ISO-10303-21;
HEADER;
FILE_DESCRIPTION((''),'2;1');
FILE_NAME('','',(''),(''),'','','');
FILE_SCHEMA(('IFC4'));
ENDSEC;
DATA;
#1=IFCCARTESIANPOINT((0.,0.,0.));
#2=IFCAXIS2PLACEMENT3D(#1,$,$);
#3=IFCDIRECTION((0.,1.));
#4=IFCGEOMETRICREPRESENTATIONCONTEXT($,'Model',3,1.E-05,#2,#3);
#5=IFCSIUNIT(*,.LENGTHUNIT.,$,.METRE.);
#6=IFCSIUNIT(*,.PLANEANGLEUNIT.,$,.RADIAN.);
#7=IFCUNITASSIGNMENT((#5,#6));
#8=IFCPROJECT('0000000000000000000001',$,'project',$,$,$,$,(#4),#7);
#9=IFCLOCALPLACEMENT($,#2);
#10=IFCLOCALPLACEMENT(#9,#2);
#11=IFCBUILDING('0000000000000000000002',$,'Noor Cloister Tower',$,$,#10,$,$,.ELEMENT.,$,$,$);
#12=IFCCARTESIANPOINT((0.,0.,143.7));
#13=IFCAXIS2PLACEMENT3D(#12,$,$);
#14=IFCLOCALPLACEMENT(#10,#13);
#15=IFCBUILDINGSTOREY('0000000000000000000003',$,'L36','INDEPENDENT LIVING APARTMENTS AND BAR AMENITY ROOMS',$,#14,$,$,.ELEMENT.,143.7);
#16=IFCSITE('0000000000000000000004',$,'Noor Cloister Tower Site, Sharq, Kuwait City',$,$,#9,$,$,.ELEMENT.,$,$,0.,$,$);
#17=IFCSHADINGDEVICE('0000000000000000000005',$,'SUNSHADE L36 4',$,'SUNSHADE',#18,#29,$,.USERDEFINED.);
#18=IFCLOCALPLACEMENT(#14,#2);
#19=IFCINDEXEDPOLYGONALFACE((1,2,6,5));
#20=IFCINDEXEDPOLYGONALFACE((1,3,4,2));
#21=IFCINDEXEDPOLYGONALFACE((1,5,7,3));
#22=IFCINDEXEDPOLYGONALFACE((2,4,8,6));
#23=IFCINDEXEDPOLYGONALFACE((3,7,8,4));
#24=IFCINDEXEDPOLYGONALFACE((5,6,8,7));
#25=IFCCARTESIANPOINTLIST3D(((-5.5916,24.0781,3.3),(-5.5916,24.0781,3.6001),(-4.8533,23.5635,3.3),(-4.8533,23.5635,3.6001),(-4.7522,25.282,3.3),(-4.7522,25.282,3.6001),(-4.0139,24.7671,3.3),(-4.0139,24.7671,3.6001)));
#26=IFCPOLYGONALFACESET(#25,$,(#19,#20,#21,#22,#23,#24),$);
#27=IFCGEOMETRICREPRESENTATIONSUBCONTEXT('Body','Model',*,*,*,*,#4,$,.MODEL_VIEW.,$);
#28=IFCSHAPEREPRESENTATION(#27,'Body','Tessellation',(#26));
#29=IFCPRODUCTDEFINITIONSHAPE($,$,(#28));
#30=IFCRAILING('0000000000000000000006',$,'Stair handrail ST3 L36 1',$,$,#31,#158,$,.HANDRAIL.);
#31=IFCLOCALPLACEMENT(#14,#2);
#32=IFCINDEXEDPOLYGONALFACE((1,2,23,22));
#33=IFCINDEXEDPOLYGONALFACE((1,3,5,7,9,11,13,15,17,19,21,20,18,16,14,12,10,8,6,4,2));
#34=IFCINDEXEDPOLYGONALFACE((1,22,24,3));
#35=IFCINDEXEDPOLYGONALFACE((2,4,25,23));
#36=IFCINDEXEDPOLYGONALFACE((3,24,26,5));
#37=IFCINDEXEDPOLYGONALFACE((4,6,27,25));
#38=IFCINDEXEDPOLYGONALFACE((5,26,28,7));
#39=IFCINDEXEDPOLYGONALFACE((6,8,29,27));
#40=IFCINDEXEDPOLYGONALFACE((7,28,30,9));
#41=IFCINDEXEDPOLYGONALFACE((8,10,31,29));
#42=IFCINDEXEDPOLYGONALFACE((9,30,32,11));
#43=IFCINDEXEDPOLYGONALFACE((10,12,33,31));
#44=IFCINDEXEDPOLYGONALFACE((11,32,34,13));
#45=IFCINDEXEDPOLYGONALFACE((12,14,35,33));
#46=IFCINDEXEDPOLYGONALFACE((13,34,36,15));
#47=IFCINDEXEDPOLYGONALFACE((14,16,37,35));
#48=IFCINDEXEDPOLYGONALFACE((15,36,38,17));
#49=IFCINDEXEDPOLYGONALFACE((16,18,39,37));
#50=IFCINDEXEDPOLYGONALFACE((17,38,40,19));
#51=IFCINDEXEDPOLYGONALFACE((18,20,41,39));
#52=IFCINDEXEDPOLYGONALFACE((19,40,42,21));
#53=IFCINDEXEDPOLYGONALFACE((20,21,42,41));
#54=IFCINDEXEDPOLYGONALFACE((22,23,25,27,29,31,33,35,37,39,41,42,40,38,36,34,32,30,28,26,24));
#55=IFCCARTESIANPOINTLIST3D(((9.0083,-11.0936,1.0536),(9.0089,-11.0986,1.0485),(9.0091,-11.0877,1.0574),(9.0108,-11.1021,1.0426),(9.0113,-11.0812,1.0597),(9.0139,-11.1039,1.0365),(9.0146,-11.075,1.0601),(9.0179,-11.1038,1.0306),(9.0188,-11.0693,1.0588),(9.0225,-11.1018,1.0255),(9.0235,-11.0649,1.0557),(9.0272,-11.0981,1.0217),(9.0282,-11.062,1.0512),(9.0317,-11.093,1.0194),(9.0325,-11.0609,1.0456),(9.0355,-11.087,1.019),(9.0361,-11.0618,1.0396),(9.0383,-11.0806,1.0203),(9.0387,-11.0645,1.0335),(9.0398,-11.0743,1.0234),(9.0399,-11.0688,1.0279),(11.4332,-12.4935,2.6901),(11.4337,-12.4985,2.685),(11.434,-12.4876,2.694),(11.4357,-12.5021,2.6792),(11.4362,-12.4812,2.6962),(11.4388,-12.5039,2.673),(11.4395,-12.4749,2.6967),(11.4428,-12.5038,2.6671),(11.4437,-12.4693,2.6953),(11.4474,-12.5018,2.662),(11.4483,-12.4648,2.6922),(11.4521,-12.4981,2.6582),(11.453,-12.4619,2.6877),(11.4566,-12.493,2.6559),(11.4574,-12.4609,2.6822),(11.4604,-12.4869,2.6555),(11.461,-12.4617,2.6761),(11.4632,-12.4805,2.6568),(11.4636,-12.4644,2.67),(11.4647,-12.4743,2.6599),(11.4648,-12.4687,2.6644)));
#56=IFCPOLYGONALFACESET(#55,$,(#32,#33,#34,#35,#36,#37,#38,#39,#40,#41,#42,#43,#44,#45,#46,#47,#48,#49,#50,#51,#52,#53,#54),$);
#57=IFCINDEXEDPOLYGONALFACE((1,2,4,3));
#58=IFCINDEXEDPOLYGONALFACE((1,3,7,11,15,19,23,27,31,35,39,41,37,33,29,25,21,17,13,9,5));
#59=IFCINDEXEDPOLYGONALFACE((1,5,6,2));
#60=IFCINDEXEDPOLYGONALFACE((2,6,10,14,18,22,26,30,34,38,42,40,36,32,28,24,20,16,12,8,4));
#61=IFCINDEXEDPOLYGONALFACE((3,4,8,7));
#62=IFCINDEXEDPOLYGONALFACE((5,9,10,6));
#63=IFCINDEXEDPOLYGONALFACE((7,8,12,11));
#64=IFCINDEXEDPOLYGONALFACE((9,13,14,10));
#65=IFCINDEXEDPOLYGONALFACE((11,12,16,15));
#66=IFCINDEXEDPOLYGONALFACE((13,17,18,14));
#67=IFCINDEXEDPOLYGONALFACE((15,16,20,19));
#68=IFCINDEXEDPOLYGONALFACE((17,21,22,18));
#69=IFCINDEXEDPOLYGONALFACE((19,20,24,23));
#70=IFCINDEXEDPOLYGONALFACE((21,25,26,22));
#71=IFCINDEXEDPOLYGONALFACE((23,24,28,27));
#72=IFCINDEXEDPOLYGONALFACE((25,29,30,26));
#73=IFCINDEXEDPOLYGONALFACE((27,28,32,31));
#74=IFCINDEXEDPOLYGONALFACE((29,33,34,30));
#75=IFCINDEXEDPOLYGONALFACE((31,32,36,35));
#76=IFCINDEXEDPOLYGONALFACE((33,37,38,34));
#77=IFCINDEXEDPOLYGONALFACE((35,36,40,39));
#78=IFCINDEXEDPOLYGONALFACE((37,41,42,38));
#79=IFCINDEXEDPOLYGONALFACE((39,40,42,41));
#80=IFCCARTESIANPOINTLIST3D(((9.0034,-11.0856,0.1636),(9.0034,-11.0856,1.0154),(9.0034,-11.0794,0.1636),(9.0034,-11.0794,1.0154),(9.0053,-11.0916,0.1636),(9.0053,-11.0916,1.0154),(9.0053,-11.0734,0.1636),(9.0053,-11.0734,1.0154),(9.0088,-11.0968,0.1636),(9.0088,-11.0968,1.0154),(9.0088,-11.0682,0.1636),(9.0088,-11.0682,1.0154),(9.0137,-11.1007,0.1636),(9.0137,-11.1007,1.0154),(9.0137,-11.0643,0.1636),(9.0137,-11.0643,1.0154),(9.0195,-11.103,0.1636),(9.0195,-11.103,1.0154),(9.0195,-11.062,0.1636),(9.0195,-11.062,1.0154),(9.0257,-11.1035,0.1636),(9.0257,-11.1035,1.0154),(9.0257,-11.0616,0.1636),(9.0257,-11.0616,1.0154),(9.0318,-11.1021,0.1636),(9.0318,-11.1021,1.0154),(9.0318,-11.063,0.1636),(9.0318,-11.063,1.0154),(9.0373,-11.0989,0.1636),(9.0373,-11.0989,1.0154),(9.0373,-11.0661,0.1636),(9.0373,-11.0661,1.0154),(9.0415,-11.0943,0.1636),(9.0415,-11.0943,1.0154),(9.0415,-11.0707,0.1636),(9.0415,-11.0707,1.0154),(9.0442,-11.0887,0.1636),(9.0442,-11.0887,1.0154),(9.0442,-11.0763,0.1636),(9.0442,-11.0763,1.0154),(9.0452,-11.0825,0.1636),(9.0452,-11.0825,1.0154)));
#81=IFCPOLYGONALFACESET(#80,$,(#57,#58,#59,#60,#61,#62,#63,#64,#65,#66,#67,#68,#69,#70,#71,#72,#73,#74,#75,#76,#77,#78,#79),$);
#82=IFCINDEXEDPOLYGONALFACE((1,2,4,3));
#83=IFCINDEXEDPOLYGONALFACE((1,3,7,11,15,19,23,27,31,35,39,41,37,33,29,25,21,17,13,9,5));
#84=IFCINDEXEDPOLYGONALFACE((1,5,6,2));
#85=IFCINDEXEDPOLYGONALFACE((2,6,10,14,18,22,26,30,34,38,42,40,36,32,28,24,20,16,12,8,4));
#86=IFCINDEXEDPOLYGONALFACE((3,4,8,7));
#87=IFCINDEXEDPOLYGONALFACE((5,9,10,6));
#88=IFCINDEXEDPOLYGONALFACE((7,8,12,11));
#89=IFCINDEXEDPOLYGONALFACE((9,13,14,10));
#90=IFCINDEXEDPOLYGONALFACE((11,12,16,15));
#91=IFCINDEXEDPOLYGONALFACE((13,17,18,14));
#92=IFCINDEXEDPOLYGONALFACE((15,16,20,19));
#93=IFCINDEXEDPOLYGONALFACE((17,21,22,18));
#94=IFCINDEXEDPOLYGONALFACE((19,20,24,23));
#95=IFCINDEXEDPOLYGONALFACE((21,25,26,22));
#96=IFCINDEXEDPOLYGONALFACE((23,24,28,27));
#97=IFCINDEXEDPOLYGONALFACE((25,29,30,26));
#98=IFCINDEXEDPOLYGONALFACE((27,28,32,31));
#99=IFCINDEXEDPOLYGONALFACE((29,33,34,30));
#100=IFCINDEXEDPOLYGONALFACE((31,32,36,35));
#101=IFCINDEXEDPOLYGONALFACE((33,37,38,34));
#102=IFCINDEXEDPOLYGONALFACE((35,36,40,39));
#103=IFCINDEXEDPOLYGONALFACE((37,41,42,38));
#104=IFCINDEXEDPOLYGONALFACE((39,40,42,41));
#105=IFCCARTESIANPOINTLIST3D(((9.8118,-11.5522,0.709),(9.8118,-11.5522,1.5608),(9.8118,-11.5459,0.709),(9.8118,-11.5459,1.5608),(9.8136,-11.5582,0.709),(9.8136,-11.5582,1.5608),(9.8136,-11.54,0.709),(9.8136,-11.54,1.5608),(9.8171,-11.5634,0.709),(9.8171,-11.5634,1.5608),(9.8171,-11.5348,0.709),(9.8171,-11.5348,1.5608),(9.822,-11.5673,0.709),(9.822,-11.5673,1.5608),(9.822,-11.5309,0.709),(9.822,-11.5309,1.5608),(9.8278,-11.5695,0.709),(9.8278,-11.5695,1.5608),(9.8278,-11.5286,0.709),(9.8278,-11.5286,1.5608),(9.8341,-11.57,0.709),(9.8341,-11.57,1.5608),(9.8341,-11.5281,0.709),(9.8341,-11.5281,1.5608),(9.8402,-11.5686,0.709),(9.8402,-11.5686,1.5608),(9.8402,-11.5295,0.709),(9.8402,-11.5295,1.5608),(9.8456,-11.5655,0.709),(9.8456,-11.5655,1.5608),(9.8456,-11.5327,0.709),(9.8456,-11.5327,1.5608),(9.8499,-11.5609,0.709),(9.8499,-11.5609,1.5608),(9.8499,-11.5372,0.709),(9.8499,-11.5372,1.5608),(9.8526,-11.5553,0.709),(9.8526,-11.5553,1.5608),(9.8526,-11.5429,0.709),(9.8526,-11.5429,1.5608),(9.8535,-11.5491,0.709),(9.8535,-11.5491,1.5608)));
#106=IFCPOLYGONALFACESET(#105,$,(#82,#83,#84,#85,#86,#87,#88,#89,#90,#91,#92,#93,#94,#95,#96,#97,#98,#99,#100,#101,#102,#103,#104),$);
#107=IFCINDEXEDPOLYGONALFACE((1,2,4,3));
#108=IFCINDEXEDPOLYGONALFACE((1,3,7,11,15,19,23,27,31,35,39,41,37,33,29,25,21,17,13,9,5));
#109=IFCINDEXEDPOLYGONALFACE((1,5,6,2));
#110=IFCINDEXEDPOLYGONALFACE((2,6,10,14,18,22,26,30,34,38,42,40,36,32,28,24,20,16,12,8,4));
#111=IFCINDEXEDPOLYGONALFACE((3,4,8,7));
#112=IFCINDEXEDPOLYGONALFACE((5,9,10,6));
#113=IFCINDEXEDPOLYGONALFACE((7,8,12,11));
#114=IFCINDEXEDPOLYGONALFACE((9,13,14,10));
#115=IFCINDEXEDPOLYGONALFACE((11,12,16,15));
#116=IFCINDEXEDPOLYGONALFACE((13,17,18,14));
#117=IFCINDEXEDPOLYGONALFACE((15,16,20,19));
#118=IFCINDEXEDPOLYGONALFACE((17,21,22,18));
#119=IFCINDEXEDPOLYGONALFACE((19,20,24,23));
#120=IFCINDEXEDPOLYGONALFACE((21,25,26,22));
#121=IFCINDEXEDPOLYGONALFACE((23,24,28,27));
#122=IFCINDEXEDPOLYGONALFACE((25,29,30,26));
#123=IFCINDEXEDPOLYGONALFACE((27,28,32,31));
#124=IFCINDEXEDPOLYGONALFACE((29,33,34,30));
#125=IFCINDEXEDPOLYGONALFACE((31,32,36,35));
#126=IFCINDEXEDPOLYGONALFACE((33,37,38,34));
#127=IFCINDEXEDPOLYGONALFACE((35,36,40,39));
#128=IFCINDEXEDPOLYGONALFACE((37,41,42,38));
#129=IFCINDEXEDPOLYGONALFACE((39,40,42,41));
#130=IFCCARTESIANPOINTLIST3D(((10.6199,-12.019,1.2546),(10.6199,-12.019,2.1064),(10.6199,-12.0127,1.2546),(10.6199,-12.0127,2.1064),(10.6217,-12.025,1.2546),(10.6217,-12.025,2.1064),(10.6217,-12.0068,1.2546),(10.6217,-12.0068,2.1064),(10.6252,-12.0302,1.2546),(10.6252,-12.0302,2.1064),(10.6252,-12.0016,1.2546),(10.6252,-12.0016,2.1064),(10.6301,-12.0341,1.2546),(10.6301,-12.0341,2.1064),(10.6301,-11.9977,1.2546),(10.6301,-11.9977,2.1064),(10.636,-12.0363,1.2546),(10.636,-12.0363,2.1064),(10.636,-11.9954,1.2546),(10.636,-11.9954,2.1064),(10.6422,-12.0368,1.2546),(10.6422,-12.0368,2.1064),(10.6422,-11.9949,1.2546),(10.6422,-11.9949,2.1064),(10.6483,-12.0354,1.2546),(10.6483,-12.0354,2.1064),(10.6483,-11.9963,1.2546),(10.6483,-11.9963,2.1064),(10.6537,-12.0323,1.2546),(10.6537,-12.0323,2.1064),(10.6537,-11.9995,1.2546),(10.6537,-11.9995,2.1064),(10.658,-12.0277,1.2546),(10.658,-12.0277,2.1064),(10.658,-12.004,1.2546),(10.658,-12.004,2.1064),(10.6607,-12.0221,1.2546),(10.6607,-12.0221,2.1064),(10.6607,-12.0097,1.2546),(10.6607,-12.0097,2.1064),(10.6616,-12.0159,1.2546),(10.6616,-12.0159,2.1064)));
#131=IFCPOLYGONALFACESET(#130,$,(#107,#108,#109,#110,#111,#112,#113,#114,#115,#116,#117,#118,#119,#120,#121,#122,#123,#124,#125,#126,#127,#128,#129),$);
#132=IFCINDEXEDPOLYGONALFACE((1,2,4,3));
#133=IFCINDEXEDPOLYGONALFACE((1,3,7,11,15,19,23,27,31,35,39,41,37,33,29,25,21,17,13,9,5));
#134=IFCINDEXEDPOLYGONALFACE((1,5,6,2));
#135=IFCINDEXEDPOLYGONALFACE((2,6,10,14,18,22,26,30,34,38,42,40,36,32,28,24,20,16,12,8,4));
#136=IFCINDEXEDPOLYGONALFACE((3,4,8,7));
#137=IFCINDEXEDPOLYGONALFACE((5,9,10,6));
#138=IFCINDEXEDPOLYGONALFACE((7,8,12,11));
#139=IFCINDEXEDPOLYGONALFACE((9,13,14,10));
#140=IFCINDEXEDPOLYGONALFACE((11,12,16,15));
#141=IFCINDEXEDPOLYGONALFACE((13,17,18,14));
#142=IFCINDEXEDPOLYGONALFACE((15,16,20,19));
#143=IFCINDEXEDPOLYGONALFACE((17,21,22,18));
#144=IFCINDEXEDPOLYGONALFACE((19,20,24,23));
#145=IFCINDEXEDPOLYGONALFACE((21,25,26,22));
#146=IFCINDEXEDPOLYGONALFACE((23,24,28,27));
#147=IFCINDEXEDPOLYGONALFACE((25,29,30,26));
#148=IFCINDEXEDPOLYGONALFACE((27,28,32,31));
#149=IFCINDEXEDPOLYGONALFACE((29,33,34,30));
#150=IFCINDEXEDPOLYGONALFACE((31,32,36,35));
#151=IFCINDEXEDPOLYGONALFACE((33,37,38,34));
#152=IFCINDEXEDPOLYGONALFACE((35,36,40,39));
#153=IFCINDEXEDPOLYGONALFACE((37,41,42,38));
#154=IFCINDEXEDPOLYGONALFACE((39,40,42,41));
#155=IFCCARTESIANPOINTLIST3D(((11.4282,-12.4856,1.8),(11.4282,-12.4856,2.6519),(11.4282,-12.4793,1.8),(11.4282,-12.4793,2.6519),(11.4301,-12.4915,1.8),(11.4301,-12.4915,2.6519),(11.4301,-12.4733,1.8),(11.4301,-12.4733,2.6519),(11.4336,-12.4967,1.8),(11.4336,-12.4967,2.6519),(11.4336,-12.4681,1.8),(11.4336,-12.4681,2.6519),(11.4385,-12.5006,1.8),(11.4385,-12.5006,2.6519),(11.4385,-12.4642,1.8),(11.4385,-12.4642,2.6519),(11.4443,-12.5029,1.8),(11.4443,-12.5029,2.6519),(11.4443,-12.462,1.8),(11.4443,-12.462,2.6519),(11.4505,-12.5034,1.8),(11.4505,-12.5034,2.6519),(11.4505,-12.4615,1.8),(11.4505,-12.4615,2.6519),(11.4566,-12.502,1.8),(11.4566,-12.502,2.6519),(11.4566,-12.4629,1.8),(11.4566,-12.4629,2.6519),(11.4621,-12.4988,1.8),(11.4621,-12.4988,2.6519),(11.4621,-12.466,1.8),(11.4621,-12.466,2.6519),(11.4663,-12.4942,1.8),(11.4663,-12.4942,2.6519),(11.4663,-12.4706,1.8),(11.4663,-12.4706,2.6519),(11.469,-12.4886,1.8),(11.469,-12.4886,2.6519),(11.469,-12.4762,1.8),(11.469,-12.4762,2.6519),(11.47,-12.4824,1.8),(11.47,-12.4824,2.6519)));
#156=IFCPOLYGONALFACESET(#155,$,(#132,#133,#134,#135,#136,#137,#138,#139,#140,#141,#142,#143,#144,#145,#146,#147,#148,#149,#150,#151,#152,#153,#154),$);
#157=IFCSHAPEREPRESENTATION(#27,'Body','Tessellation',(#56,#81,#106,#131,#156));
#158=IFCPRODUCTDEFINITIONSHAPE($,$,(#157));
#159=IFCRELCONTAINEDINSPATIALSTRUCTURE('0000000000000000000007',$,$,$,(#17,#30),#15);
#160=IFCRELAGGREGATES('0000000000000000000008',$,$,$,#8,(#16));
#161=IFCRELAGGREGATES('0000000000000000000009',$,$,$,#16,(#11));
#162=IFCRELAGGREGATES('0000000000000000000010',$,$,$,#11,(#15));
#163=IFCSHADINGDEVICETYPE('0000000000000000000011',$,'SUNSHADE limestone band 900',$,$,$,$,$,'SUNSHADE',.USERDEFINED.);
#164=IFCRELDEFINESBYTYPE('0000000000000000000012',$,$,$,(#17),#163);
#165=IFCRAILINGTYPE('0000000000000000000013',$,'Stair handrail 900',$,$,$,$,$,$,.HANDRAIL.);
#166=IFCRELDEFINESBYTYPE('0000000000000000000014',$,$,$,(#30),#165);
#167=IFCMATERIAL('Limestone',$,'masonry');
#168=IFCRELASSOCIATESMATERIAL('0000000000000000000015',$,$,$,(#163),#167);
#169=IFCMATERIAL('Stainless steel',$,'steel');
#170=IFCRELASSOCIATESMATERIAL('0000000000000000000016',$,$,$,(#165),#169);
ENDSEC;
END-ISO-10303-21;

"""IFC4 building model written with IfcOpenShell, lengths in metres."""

from ifc_helpers import new_model, si_unit, direction, frame, origin, origin_2d, place, context, subcontext, project, spatial, polyline, circle, outline, extrude, material, type_object, element, save


model = new_model("IFC4")

# Units and contexts
model_context = context("Model", 3, precision=1e-05, world=origin(), true_north=direction((0.0, 1.0)))
body_context = subcontext(model_context, "Body", "Model", "MODEL_VIEW")
ifc_project = project(units=[si_unit("LENGTHUNIT", "METRE"), si_unit("PLANEANGLEUNIT", "RADIAN")], contexts=[model_context])

# Site, building, storey
site_placement = place(None, origin())
site = spatial("IfcSite", under=ifc_project, at=site_placement, Name="Noor Cloister Tower Site, Sharq, Kuwait City", CompositionType="ELEMENT", RefElevation=0.0)
building_placement = place(site_placement, origin())
building = spatial("IfcBuilding", under=site, at=building_placement, Name="Noor Cloister Tower", CompositionType="ELEMENT")
storey_placement = place(building_placement, frame((0.0, 0.0, 143.7)))
storey = spatial("IfcBuildingStorey", under=building, at=storey_placement, Name="L36", Description="INDEPENDENT LIVING APARTMENTS AND BAR AMENITY ROOMS", CompositionType="ELEMENT", Elevation=143.7)

# Shading device
ifc_material_1 = material(Name="Limestone", Category="masonry")
shading_device_type_1 = type_object("IfcShadingDeviceType", Name="SUNSHADE limestone band 900", ElementType="SUNSHADE", PredefinedType="USERDEFINED", material=ifc_material_1)
shading_device_1_placement = place(storey_placement, frame((0.0, 0.0, 3.3)))
element("IfcShadingDevice", 1, at=shading_device_1_placement, inside=storey, type_object=shading_device_type_1, Name="SUNSHADE L36 4", ObjectType="SUNSHADE", PredefinedType="USERDEFINED", context=body_context, shape_type="SweptSolid", body=[
    extrude(outline(polyline([(-4.7522, 25.282), (-5.5916, 24.0781), (-4.8533, 23.5635), (-4.0139, 24.7671), (-4.7522, 25.282)])), origin(), (0.0, 0.0, 1.0), 0.3),
])

# Railing
ifc_material_2 = material(Name="Stainless steel", Category="steel")
railing_type = type_object("IfcRailingType", Name="Stair handrail 900", PredefinedType="HANDRAIL", material=ifc_material_2)
railing_placement = place(storey_placement, frame((9.0242, -11.0825, 0.1636)))
element("IfcRailing", 2, at=railing_placement, inside=storey, type_object=railing_type, Name="Stair handrail ST3 L36 1", PredefinedType="HANDRAIL", context=body_context, shape_type="SweptSolid", body=[
    extrude(circle(Radius=0.0239, at=origin_2d()), frame((0.0, 0.0, 0.876), z_axis=(0.74769, -0.431661, 0.504608), x_axis=(0.499984, 0.866035, 0.0)), (0.0, 0.0, 1.0), 3.2432),
    extrude(circle(Radius=0.021, at=origin_2d()), origin(), (0.0, 0.0, 1.0), 0.8518),
    extrude(circle(Radius=0.021, at=origin_2d()), frame((0.8083, -0.4666, 0.5454)), (0.0, 0.0, 1.0), 0.8518),
    extrude(circle(Radius=0.021, at=origin_2d()), frame((1.6165, -0.9333, 1.0911)), (0.0, 0.0, 1.0), 0.8518),
    extrude(circle(Radius=0.021, at=origin_2d()), frame((2.4248, -1.3999, 1.6365)), (0.0, 0.0, 1.0), 0.8518),
])

save(model, "model.ifc")
